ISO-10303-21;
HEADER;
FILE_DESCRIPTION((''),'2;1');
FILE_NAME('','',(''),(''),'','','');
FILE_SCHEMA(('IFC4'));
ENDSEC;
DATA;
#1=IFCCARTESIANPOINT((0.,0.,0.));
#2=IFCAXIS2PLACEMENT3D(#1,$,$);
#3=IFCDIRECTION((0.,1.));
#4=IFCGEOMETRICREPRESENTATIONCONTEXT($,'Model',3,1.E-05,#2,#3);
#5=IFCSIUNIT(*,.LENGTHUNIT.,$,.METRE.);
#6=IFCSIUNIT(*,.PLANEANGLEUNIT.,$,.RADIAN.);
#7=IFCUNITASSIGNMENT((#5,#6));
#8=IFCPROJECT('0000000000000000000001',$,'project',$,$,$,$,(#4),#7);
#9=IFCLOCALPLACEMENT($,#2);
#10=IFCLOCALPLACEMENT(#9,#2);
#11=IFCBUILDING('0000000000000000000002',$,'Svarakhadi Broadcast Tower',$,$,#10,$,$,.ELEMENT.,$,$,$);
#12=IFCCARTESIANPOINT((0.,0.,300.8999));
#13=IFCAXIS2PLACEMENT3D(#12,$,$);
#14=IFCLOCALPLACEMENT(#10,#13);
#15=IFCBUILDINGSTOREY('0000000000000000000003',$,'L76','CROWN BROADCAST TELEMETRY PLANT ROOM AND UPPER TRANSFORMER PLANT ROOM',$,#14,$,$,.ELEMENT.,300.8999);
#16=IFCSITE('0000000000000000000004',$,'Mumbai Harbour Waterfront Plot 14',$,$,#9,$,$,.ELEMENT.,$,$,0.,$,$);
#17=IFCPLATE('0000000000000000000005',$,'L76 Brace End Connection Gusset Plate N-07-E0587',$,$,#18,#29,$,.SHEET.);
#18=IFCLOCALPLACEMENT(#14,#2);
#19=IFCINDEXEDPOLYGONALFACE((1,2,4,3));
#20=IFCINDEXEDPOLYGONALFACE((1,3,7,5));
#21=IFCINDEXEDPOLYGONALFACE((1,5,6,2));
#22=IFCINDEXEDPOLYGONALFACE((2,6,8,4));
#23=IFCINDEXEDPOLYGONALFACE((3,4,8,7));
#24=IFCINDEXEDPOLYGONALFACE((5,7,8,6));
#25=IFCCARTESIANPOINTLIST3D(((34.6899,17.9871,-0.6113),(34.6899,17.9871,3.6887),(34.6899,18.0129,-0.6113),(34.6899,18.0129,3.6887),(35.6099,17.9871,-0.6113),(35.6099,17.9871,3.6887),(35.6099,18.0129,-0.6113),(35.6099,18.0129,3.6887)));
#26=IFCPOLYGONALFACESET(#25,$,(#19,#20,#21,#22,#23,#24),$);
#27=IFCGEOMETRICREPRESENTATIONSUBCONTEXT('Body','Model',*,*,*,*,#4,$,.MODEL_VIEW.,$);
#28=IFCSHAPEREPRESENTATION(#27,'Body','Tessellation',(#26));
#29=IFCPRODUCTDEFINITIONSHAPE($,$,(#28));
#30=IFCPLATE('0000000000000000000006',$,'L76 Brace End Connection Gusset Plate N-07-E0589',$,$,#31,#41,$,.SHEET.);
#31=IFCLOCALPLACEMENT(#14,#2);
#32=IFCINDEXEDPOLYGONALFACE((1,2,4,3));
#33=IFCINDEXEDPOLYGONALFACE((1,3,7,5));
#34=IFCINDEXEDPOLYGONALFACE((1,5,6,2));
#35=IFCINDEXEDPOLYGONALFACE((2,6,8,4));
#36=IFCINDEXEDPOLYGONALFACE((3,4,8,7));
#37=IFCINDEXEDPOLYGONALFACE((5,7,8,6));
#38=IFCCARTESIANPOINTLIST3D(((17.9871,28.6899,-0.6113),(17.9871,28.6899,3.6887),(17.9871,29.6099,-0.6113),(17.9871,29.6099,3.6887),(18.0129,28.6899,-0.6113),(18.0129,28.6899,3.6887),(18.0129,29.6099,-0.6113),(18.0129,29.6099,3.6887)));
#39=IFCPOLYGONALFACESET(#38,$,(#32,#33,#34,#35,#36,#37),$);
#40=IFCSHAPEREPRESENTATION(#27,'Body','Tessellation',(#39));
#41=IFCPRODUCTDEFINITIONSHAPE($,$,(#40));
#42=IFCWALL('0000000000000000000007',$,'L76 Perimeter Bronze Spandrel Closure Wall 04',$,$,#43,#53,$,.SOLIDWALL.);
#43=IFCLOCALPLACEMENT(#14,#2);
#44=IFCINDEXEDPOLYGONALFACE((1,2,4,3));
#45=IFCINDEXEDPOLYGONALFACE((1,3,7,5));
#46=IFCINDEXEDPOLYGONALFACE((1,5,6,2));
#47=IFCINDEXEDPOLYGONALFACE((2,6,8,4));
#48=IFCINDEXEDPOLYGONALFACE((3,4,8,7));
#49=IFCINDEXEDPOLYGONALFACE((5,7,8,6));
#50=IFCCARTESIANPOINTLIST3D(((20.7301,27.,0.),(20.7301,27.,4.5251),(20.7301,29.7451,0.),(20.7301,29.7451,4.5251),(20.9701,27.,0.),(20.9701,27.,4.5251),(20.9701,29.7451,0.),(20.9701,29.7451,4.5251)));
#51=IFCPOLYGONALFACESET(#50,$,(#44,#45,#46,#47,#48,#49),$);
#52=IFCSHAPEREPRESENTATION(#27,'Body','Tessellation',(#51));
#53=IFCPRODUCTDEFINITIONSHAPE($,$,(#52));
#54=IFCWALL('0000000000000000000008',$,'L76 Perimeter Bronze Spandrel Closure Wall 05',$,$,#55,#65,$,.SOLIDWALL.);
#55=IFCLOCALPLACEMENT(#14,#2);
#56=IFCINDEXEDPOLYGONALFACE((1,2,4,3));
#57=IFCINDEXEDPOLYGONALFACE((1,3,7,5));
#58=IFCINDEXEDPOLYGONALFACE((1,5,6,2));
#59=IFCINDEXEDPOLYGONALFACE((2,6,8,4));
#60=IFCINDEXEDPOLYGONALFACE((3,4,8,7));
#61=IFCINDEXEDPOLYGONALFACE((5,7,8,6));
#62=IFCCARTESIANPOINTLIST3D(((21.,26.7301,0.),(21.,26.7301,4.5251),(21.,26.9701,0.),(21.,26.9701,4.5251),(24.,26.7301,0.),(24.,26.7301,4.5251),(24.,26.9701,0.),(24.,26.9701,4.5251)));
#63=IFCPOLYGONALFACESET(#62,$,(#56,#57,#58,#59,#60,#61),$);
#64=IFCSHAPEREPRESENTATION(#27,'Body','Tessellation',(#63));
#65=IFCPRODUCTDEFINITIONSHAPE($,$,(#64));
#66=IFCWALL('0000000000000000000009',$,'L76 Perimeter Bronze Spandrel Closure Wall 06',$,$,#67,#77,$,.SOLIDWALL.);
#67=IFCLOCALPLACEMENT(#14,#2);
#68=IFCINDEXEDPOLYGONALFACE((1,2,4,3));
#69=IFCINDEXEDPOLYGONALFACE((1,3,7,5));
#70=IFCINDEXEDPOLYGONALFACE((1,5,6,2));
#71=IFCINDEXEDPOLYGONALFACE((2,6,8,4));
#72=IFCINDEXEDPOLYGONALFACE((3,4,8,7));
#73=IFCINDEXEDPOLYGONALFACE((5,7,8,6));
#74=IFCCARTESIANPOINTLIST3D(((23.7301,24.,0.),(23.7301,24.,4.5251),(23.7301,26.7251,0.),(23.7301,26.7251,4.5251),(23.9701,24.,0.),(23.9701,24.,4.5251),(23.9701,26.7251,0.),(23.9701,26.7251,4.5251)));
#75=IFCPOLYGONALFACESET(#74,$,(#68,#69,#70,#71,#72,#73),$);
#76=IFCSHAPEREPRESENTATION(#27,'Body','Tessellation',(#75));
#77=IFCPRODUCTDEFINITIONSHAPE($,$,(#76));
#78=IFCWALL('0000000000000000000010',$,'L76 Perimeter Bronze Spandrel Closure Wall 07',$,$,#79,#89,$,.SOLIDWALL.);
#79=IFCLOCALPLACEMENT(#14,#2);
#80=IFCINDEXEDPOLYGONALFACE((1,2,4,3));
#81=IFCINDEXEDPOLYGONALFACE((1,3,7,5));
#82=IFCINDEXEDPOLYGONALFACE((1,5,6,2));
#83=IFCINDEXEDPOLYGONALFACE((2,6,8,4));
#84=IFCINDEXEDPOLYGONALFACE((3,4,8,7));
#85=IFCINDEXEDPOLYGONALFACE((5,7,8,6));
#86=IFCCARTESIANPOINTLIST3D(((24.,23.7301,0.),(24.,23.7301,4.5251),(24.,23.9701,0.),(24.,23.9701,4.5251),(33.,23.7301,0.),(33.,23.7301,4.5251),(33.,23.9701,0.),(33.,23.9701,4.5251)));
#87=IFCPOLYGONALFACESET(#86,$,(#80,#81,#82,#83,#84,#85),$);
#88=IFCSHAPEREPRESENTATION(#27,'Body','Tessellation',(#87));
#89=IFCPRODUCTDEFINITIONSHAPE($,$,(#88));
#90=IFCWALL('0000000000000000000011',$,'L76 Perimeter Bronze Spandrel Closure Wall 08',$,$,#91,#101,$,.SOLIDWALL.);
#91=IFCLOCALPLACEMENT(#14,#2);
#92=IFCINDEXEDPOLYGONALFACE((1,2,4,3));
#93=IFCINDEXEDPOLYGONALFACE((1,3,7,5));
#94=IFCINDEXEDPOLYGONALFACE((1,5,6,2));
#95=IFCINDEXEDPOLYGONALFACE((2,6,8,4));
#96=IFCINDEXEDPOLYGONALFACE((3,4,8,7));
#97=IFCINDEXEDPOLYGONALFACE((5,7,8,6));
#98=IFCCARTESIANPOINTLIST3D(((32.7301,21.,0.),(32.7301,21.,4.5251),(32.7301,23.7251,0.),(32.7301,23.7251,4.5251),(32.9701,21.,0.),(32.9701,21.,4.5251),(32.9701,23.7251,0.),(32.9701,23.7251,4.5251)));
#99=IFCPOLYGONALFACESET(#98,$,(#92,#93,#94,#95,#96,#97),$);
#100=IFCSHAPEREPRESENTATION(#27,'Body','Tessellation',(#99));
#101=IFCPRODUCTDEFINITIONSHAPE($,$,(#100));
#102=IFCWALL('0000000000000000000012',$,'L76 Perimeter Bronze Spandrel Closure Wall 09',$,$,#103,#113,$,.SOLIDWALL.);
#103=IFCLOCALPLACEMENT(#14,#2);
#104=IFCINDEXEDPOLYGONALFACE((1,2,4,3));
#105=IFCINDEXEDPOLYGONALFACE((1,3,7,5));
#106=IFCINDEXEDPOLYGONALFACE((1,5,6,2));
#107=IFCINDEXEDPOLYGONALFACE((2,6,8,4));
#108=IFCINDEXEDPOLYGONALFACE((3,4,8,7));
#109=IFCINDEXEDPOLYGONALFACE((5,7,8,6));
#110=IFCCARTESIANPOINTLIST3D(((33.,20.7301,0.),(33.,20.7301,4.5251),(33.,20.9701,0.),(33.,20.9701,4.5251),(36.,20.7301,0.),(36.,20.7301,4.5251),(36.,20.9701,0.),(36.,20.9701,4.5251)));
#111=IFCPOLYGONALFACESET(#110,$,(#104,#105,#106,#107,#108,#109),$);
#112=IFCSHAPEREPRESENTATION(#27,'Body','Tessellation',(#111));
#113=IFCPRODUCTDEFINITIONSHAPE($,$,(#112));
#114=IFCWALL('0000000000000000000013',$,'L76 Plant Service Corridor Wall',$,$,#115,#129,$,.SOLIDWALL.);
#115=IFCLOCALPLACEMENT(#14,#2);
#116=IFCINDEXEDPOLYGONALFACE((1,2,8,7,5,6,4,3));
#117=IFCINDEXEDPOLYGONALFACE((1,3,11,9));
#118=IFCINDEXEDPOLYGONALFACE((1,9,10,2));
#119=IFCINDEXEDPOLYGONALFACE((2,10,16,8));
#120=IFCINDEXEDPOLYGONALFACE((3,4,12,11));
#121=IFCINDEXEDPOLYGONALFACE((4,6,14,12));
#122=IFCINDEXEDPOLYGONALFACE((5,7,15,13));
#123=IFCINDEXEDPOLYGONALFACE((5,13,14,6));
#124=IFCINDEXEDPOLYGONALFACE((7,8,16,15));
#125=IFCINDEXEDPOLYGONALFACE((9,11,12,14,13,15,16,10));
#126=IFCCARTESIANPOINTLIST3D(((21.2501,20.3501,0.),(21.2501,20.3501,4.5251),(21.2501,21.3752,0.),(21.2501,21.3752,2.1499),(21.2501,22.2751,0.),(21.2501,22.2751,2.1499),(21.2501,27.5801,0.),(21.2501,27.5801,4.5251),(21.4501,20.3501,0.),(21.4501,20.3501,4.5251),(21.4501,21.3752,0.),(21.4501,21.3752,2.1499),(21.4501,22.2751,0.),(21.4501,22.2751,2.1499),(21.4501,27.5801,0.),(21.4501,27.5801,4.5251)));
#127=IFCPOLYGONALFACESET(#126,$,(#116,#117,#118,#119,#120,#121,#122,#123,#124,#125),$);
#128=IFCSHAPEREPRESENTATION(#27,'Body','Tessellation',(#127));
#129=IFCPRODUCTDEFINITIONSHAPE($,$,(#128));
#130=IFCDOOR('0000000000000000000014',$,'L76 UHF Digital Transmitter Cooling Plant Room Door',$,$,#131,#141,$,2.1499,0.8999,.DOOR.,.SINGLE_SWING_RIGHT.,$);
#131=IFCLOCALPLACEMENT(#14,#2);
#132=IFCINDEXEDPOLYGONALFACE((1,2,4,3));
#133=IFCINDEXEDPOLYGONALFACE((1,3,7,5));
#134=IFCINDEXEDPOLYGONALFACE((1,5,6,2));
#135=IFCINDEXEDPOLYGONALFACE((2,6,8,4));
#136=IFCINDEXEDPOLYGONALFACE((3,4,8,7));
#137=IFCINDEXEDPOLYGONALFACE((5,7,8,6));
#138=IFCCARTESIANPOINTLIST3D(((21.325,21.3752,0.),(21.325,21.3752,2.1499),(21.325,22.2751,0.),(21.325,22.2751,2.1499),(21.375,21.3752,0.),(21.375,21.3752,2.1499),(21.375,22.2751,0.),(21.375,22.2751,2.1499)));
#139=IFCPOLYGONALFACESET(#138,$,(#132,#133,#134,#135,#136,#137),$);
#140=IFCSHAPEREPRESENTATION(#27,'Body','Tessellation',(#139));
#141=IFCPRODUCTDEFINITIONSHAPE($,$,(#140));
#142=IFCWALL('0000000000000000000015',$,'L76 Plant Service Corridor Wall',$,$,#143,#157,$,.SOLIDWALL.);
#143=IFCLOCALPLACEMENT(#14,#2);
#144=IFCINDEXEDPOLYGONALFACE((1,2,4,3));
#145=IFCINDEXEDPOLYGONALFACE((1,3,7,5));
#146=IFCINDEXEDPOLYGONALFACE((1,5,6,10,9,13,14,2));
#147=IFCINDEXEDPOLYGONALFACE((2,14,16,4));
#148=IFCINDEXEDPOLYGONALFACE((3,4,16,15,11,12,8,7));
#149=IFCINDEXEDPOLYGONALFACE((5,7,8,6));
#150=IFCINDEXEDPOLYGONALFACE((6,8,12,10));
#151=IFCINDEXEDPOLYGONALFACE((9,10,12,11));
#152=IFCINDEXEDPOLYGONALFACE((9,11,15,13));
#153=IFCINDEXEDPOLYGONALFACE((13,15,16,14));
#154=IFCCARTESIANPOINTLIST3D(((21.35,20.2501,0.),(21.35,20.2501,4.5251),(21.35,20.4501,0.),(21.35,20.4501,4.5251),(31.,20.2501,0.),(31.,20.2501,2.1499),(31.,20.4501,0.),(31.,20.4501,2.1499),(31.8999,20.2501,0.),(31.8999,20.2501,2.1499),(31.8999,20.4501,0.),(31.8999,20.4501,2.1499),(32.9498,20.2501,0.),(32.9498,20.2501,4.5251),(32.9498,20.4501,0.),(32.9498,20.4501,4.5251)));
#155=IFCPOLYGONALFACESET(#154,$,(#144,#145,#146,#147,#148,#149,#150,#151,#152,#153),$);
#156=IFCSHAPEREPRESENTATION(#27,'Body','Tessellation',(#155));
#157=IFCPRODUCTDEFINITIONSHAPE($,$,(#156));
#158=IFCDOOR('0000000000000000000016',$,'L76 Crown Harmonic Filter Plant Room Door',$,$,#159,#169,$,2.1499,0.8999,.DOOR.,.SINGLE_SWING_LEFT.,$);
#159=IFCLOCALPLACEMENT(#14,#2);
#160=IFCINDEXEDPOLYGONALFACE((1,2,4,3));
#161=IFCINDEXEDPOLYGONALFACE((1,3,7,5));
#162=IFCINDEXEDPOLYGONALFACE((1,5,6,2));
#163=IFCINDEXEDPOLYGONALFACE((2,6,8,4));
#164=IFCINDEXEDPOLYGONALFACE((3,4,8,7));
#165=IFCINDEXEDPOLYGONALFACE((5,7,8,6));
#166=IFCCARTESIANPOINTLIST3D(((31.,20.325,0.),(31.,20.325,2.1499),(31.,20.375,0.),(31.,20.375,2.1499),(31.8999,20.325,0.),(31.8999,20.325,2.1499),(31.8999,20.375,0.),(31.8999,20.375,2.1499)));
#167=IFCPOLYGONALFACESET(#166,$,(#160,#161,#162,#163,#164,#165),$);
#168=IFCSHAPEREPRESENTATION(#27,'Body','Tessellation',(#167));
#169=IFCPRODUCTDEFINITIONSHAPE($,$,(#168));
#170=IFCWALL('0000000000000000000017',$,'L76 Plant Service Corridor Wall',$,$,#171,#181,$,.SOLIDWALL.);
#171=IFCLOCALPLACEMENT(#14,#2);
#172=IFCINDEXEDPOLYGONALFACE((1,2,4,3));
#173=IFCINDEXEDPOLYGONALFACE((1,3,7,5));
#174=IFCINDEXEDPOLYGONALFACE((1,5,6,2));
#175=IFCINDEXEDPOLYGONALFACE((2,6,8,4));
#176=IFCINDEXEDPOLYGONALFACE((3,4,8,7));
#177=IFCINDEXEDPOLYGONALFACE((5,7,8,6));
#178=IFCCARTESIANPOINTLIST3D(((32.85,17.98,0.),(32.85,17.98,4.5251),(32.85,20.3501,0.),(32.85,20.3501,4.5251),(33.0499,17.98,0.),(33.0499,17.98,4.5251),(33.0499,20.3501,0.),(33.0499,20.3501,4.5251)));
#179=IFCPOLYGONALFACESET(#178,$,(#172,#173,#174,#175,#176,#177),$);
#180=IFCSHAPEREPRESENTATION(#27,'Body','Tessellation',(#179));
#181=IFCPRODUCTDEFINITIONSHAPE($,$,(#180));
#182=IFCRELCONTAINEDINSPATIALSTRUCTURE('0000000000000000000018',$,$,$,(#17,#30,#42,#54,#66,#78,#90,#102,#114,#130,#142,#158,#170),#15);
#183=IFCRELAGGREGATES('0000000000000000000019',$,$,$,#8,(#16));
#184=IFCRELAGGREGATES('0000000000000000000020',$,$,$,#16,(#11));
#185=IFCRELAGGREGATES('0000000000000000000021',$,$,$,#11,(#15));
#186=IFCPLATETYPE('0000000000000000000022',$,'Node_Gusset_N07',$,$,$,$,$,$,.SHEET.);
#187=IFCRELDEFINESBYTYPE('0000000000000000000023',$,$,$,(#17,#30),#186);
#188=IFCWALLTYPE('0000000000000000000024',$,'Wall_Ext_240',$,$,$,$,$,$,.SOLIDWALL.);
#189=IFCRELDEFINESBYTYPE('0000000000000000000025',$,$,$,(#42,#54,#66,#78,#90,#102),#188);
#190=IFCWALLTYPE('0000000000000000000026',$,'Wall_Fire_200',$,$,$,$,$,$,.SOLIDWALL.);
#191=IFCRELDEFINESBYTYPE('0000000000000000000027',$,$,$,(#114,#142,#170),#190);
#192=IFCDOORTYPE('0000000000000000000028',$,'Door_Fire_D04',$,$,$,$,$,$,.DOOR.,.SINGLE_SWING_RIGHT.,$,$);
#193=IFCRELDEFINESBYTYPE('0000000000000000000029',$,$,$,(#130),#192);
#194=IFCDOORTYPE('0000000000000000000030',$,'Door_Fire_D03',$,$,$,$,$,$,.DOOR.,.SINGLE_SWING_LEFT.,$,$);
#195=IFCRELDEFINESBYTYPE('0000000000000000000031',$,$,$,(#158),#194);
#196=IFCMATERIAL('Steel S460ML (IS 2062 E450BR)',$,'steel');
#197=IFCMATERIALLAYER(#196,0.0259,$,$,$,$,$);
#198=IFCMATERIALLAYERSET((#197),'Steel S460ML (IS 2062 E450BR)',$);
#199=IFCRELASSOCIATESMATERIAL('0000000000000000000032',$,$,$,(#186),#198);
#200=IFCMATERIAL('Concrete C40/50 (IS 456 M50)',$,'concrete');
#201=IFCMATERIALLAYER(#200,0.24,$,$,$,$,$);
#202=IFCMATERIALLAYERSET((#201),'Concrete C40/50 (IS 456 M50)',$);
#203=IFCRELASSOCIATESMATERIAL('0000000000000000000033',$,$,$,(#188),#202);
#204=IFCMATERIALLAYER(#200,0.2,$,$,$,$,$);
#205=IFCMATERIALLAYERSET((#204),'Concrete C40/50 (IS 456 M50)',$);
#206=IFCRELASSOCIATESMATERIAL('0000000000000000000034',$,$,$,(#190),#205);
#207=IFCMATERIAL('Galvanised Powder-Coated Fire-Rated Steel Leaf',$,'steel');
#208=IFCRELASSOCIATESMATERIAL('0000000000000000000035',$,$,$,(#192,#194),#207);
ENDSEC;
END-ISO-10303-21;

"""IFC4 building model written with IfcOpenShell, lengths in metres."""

from ifc_helpers import new_model, si_unit, direction, frame, frame_2d, origin, origin_2d, place, context, subcontext, project, spatial, rectangle, extrude, material, layer, layer_set, type_object, element, fill, save


model = new_model("IFC4")

# Units and contexts
model_context = context("Model", 3, precision=1e-05, world=origin(), true_north=direction((0.0, 1.0)))
body_context = subcontext(model_context, "Body", "Model", "MODEL_VIEW")
ifc_project = project(units=[si_unit("LENGTHUNIT", "METRE"), si_unit("PLANEANGLEUNIT", "RADIAN")], contexts=[model_context])

# Site, building, storey
site_placement = place(None, origin())
site = spatial("IfcSite", under=ifc_project, at=site_placement, Name="Mumbai Harbour Waterfront Plot 14", CompositionType="ELEMENT", RefElevation=0.0)
building_placement = place(site_placement, origin())
building = spatial("IfcBuilding", under=site, at=building_placement, Name="Svarakhadi Broadcast Tower", CompositionType="ELEMENT")
storey_placement = place(building_placement, frame((0.0, 0.0, 300.8999)))
storey = spatial("IfcBuildingStorey", under=building, at=storey_placement, Name="L76", Description="CROWN BROADCAST TELEMETRY PLANT ROOM AND UPPER TRANSFORMER PLANT ROOM", CompositionType="ELEMENT", Elevation=300.8999)

# Shared definitions
ifc_material_1 = material(Name="Steel S460ML (IS 2062 E450BR)", Category="steel")

# Plates
ifc_layer_1 = layer(ifc_material_1, 0.0259)
ifc_layer_set_1 = layer_set([ifc_layer_1], Name="Steel S460ML (IS 2062 E450BR)")
plate_type_1 = type_object("IfcPlateType", Name="Node_Gusset_N07", PredefinedType="SHEET", material=ifc_layer_set_1)
for number, where, z_axis, x_axis, name in (
    (1, (35.1499, 18.0, -0.6113), (0.0, 0.0, 1.0), (1.0, 0.0, 0.0), "L76 Brace End Connection Gusset Plate N-07-E0587"),
    (2, (18.0, 29.1499, -0.6113), (0.0, 0.0, 1.0), (0.0, 1.0, 0.0), "L76 Brace End Connection Gusset Plate N-07-E0589"),
):
    element("IfcPlate", number, at=place(storey_placement, frame(where, z_axis=z_axis, x_axis=x_axis)), inside=storey, type_object=plate_type_1, Name=name, PredefinedType="SHEET", context=body_context, shape_type="SweptSolid", body=[
        extrude(rectangle(XDim=0.9199, YDim=0.0259, at=origin_2d()), origin(), (0.0, 0.0, 1.0), 4.3),
    ])

# Walls
ifc_material_2 = material(Name="Concrete C40/50 (IS 456 M50)", Category="concrete")
ifc_layer_2 = layer(ifc_material_2, 0.24)
ifc_layer_set_2 = layer_set([ifc_layer_2], Name="Concrete C40/50 (IS 456 M50)")
wall_type_1 = type_object("IfcWallType", Name="Wall_Ext_240", PredefinedType="SOLIDWALL", material=ifc_layer_set_2)
wall_1_placement = place(storey_placement, frame((20.8501, 29.7451, 0.0), z_axis=(0.0, 0.0, 1.0), x_axis=(0.0, -1.0, 0.0)))
element("IfcWall", 3, at=wall_1_placement, inside=storey, type_object=wall_type_1, Name="L76 Perimeter Bronze Spandrel Closure Wall 04", PredefinedType="SOLIDWALL", context=body_context, shape_type="SweptSolid", body=[
    extrude(rectangle(XDim=2.7451, YDim=0.24, at=frame_2d((1.3726, 0.0))), origin(), (0.0, 0.0, 1.0), 4.5251),
])
wall_2_placement = place(storey_placement, frame((21.0, 26.8501, 0.0), z_axis=(0.0, 0.0, 1.0), x_axis=(1.0, 0.0, 0.0)))
element("IfcWall", 4, at=wall_2_placement, inside=storey, type_object=wall_type_1, Name="L76 Perimeter Bronze Spandrel Closure Wall 05", PredefinedType="SOLIDWALL", context=body_context, shape_type="SweptSolid", body=[
    extrude(rectangle(XDim=3.0, YDim=0.24, at=frame_2d((1.5, 0.0))), origin(), (0.0, 0.0, 1.0), 4.5251),
])
wall_3_placement = place(storey_placement, frame((23.8501, 26.7251, 0.0), z_axis=(0.0, 0.0, 1.0), x_axis=(0.0, -1.0, 0.0)))
element("IfcWall", 5, at=wall_3_placement, inside=storey, type_object=wall_type_1, Name="L76 Perimeter Bronze Spandrel Closure Wall 06", PredefinedType="SOLIDWALL", context=body_context, shape_type="SweptSolid", body=[
    extrude(rectangle(XDim=2.7251, YDim=0.24, at=frame_2d((1.3625, 0.0))), origin(), (0.0, 0.0, 1.0), 4.5251),
])
wall_4_placement = place(storey_placement, frame((24.0, 23.8501, 0.0), z_axis=(0.0, 0.0, 1.0), x_axis=(1.0, 0.0, 0.0)))
element("IfcWall", 6, at=wall_4_placement, inside=storey, type_object=wall_type_1, Name="L76 Perimeter Bronze Spandrel Closure Wall 07", PredefinedType="SOLIDWALL", context=body_context, shape_type="SweptSolid", body=[
    extrude(rectangle(XDim=9.0, YDim=0.24, at=frame_2d((4.5, 0.0))), origin(), (0.0, 0.0, 1.0), 4.5251),
])
wall_5_placement = place(storey_placement, frame((32.8501, 23.7251, 0.0), z_axis=(0.0, 0.0, 1.0), x_axis=(0.0, -1.0, 0.0)))
element("IfcWall", 7, at=wall_5_placement, inside=storey, type_object=wall_type_1, Name="L76 Perimeter Bronze Spandrel Closure Wall 08", PredefinedType="SOLIDWALL", context=body_context, shape_type="SweptSolid", body=[
    extrude(rectangle(XDim=2.7251, YDim=0.24, at=frame_2d((1.3625, 0.0))), origin(), (0.0, 0.0, 1.0), 4.5251),
])
wall_6_placement = place(storey_placement, frame((33.0, 20.8501, 0.0), z_axis=(0.0, 0.0, 1.0), x_axis=(1.0, 0.0, 0.0)))
element("IfcWall", 8, at=wall_6_placement, inside=storey, type_object=wall_type_1, Name="L76 Perimeter Bronze Spandrel Closure Wall 09", PredefinedType="SOLIDWALL", context=body_context, shape_type="SweptSolid", body=[
    extrude(rectangle(XDim=3.0, YDim=0.24, at=frame_2d((1.5, 0.0))), origin(), (0.0, 0.0, 1.0), 4.5251),
])

# Walls, openings, doors
ifc_layer_3 = layer(ifc_material_2, 0.2)
ifc_layer_set_3 = layer_set([ifc_layer_3], Name="Concrete C40/50 (IS 456 M50)")
wall_type_2 = type_object("IfcWallType", Name="Wall_Fire_200", PredefinedType="SOLIDWALL", material=ifc_layer_set_3)
wall_7_placement = place(storey_placement, frame((21.3501, 27.5801, 0.0), z_axis=(0.0, 0.0, 1.0), x_axis=(0.0, -1.0, 0.0)))
wall_7 = element("IfcWall", 9, at=wall_7_placement, inside=storey, type_object=wall_type_2, Name="L76 Plant Service Corridor Wall", PredefinedType="SOLIDWALL", context=body_context, shape_type="SweptSolid", body=[
    extrude(rectangle(XDim=7.23, YDim=0.2, at=frame_2d((3.615, 0.0))), origin(), (0.0, 0.0, 1.0), 4.5251),
])
opening_1_placement = place(wall_7_placement, frame((5.3049, 0.0, 0.0)))
opening_1 = element("IfcOpeningElement", 10, at=opening_1_placement, cuts=wall_7, PredefinedType="OPENING", context=body_context, shape_type="SweptSolid", body=[
    extrude(rectangle(XDim=0.8999, YDim=2.1499, at=frame_2d((0.45, 1.075))), frame((0.0, 0.1099, 0.0), z_axis=(0.0, -1.0, 0.0), x_axis=(1.0, 0.0, 0.0)), (0.0, 0.0, 1.0), 0.22),
])
ifc_material_3 = material(Name="Galvanised Powder-Coated Fire-Rated Steel Leaf", Category="steel")
door_type_1 = type_object("IfcDoorType", Name="Door_Fire_D04", OperationType="SINGLE_SWING_RIGHT", PredefinedType="DOOR", material=ifc_material_3)
door_1_placement = place(opening_1_placement, origin())
door_1 = element("IfcDoor", 11, at=door_1_placement, inside=storey, type_object=door_type_1, Name="L76 UHF Digital Transmitter Cooling Plant Room Door", OperationType="SINGLE_SWING_RIGHT", OverallHeight=2.1499, OverallWidth=0.8999, PredefinedType="DOOR", context=body_context, shape_type="SweptSolid", body=[
    extrude(rectangle(XDim=0.8999, YDim=2.1499, at=frame_2d((0.45, 1.075))), frame((0.0, 0.0249, 0.0), z_axis=(0.0, -1.0, 0.0), x_axis=(1.0, 0.0, 0.0)), (0.0, 0.0, 1.0), 0.05),
])
fill(opening_1, door_1)
wall_8_placement = place(storey_placement, frame((21.3501, 20.3501, 0.0), z_axis=(0.0, 0.0, 1.0), x_axis=(1.0, 0.0, 0.0)))
wall_8 = element("IfcWall", 12, at=wall_8_placement, inside=storey, type_object=wall_type_2, Name="L76 Plant Service Corridor Wall", PredefinedType="SOLIDWALL", context=body_context, shape_type="SweptSolid", body=[
    extrude(rectangle(XDim=11.5999, YDim=0.2, at=frame_2d((5.7998, 0.0))), origin(), (0.0, 0.0, 1.0), 4.5251),
])
opening_2_placement = place(wall_8_placement, frame((9.6499, 0.0, 0.0)))
opening_2 = element("IfcOpeningElement", 13, at=opening_2_placement, cuts=wall_8, PredefinedType="OPENING", context=body_context, shape_type="SweptSolid", body=[
    extrude(rectangle(XDim=0.8999, YDim=2.1499, at=frame_2d((0.45, 1.075))), frame((0.0, 0.1099, 0.0), z_axis=(0.0, -1.0, 0.0), x_axis=(1.0, 0.0, 0.0)), (0.0, 0.0, 1.0), 0.22),
])
door_type_2 = type_object("IfcDoorType", Name="Door_Fire_D03", OperationType="SINGLE_SWING_LEFT", PredefinedType="DOOR", material=ifc_material_3)
door_2_placement = place(opening_2_placement, origin())
door_2 = element("IfcDoor", 14, at=door_2_placement, inside=storey, type_object=door_type_2, Name="L76 Crown Harmonic Filter Plant Room Door", OperationType="SINGLE_SWING_LEFT", OverallHeight=2.1499, OverallWidth=0.8999, PredefinedType="DOOR", context=body_context, shape_type="SweptSolid", body=[
    extrude(rectangle(XDim=0.8999, YDim=2.1499, at=frame_2d((0.45, 1.075))), frame((0.0, 0.0249, 0.0), z_axis=(0.0, -1.0, 0.0), x_axis=(1.0, 0.0, 0.0)), (0.0, 0.0, 1.0), 0.05),
])
fill(opening_2, door_2)

# Wall
wall_9_placement = place(storey_placement, frame((32.95, 20.3501, 0.0), z_axis=(0.0, 0.0, 1.0), x_axis=(0.0, -1.0, 0.0)))
element("IfcWall", 15, at=wall_9_placement, inside=storey, type_object=wall_type_2, Name="L76 Plant Service Corridor Wall", PredefinedType="SOLIDWALL", context=body_context, shape_type="SweptSolid", body=[
    extrude(rectangle(XDim=2.3701, YDim=0.2, at=frame_2d((1.1851, 0.0))), origin(), (0.0, 0.0, 1.0), 4.5251),
])

save(model, "model.ifc")
